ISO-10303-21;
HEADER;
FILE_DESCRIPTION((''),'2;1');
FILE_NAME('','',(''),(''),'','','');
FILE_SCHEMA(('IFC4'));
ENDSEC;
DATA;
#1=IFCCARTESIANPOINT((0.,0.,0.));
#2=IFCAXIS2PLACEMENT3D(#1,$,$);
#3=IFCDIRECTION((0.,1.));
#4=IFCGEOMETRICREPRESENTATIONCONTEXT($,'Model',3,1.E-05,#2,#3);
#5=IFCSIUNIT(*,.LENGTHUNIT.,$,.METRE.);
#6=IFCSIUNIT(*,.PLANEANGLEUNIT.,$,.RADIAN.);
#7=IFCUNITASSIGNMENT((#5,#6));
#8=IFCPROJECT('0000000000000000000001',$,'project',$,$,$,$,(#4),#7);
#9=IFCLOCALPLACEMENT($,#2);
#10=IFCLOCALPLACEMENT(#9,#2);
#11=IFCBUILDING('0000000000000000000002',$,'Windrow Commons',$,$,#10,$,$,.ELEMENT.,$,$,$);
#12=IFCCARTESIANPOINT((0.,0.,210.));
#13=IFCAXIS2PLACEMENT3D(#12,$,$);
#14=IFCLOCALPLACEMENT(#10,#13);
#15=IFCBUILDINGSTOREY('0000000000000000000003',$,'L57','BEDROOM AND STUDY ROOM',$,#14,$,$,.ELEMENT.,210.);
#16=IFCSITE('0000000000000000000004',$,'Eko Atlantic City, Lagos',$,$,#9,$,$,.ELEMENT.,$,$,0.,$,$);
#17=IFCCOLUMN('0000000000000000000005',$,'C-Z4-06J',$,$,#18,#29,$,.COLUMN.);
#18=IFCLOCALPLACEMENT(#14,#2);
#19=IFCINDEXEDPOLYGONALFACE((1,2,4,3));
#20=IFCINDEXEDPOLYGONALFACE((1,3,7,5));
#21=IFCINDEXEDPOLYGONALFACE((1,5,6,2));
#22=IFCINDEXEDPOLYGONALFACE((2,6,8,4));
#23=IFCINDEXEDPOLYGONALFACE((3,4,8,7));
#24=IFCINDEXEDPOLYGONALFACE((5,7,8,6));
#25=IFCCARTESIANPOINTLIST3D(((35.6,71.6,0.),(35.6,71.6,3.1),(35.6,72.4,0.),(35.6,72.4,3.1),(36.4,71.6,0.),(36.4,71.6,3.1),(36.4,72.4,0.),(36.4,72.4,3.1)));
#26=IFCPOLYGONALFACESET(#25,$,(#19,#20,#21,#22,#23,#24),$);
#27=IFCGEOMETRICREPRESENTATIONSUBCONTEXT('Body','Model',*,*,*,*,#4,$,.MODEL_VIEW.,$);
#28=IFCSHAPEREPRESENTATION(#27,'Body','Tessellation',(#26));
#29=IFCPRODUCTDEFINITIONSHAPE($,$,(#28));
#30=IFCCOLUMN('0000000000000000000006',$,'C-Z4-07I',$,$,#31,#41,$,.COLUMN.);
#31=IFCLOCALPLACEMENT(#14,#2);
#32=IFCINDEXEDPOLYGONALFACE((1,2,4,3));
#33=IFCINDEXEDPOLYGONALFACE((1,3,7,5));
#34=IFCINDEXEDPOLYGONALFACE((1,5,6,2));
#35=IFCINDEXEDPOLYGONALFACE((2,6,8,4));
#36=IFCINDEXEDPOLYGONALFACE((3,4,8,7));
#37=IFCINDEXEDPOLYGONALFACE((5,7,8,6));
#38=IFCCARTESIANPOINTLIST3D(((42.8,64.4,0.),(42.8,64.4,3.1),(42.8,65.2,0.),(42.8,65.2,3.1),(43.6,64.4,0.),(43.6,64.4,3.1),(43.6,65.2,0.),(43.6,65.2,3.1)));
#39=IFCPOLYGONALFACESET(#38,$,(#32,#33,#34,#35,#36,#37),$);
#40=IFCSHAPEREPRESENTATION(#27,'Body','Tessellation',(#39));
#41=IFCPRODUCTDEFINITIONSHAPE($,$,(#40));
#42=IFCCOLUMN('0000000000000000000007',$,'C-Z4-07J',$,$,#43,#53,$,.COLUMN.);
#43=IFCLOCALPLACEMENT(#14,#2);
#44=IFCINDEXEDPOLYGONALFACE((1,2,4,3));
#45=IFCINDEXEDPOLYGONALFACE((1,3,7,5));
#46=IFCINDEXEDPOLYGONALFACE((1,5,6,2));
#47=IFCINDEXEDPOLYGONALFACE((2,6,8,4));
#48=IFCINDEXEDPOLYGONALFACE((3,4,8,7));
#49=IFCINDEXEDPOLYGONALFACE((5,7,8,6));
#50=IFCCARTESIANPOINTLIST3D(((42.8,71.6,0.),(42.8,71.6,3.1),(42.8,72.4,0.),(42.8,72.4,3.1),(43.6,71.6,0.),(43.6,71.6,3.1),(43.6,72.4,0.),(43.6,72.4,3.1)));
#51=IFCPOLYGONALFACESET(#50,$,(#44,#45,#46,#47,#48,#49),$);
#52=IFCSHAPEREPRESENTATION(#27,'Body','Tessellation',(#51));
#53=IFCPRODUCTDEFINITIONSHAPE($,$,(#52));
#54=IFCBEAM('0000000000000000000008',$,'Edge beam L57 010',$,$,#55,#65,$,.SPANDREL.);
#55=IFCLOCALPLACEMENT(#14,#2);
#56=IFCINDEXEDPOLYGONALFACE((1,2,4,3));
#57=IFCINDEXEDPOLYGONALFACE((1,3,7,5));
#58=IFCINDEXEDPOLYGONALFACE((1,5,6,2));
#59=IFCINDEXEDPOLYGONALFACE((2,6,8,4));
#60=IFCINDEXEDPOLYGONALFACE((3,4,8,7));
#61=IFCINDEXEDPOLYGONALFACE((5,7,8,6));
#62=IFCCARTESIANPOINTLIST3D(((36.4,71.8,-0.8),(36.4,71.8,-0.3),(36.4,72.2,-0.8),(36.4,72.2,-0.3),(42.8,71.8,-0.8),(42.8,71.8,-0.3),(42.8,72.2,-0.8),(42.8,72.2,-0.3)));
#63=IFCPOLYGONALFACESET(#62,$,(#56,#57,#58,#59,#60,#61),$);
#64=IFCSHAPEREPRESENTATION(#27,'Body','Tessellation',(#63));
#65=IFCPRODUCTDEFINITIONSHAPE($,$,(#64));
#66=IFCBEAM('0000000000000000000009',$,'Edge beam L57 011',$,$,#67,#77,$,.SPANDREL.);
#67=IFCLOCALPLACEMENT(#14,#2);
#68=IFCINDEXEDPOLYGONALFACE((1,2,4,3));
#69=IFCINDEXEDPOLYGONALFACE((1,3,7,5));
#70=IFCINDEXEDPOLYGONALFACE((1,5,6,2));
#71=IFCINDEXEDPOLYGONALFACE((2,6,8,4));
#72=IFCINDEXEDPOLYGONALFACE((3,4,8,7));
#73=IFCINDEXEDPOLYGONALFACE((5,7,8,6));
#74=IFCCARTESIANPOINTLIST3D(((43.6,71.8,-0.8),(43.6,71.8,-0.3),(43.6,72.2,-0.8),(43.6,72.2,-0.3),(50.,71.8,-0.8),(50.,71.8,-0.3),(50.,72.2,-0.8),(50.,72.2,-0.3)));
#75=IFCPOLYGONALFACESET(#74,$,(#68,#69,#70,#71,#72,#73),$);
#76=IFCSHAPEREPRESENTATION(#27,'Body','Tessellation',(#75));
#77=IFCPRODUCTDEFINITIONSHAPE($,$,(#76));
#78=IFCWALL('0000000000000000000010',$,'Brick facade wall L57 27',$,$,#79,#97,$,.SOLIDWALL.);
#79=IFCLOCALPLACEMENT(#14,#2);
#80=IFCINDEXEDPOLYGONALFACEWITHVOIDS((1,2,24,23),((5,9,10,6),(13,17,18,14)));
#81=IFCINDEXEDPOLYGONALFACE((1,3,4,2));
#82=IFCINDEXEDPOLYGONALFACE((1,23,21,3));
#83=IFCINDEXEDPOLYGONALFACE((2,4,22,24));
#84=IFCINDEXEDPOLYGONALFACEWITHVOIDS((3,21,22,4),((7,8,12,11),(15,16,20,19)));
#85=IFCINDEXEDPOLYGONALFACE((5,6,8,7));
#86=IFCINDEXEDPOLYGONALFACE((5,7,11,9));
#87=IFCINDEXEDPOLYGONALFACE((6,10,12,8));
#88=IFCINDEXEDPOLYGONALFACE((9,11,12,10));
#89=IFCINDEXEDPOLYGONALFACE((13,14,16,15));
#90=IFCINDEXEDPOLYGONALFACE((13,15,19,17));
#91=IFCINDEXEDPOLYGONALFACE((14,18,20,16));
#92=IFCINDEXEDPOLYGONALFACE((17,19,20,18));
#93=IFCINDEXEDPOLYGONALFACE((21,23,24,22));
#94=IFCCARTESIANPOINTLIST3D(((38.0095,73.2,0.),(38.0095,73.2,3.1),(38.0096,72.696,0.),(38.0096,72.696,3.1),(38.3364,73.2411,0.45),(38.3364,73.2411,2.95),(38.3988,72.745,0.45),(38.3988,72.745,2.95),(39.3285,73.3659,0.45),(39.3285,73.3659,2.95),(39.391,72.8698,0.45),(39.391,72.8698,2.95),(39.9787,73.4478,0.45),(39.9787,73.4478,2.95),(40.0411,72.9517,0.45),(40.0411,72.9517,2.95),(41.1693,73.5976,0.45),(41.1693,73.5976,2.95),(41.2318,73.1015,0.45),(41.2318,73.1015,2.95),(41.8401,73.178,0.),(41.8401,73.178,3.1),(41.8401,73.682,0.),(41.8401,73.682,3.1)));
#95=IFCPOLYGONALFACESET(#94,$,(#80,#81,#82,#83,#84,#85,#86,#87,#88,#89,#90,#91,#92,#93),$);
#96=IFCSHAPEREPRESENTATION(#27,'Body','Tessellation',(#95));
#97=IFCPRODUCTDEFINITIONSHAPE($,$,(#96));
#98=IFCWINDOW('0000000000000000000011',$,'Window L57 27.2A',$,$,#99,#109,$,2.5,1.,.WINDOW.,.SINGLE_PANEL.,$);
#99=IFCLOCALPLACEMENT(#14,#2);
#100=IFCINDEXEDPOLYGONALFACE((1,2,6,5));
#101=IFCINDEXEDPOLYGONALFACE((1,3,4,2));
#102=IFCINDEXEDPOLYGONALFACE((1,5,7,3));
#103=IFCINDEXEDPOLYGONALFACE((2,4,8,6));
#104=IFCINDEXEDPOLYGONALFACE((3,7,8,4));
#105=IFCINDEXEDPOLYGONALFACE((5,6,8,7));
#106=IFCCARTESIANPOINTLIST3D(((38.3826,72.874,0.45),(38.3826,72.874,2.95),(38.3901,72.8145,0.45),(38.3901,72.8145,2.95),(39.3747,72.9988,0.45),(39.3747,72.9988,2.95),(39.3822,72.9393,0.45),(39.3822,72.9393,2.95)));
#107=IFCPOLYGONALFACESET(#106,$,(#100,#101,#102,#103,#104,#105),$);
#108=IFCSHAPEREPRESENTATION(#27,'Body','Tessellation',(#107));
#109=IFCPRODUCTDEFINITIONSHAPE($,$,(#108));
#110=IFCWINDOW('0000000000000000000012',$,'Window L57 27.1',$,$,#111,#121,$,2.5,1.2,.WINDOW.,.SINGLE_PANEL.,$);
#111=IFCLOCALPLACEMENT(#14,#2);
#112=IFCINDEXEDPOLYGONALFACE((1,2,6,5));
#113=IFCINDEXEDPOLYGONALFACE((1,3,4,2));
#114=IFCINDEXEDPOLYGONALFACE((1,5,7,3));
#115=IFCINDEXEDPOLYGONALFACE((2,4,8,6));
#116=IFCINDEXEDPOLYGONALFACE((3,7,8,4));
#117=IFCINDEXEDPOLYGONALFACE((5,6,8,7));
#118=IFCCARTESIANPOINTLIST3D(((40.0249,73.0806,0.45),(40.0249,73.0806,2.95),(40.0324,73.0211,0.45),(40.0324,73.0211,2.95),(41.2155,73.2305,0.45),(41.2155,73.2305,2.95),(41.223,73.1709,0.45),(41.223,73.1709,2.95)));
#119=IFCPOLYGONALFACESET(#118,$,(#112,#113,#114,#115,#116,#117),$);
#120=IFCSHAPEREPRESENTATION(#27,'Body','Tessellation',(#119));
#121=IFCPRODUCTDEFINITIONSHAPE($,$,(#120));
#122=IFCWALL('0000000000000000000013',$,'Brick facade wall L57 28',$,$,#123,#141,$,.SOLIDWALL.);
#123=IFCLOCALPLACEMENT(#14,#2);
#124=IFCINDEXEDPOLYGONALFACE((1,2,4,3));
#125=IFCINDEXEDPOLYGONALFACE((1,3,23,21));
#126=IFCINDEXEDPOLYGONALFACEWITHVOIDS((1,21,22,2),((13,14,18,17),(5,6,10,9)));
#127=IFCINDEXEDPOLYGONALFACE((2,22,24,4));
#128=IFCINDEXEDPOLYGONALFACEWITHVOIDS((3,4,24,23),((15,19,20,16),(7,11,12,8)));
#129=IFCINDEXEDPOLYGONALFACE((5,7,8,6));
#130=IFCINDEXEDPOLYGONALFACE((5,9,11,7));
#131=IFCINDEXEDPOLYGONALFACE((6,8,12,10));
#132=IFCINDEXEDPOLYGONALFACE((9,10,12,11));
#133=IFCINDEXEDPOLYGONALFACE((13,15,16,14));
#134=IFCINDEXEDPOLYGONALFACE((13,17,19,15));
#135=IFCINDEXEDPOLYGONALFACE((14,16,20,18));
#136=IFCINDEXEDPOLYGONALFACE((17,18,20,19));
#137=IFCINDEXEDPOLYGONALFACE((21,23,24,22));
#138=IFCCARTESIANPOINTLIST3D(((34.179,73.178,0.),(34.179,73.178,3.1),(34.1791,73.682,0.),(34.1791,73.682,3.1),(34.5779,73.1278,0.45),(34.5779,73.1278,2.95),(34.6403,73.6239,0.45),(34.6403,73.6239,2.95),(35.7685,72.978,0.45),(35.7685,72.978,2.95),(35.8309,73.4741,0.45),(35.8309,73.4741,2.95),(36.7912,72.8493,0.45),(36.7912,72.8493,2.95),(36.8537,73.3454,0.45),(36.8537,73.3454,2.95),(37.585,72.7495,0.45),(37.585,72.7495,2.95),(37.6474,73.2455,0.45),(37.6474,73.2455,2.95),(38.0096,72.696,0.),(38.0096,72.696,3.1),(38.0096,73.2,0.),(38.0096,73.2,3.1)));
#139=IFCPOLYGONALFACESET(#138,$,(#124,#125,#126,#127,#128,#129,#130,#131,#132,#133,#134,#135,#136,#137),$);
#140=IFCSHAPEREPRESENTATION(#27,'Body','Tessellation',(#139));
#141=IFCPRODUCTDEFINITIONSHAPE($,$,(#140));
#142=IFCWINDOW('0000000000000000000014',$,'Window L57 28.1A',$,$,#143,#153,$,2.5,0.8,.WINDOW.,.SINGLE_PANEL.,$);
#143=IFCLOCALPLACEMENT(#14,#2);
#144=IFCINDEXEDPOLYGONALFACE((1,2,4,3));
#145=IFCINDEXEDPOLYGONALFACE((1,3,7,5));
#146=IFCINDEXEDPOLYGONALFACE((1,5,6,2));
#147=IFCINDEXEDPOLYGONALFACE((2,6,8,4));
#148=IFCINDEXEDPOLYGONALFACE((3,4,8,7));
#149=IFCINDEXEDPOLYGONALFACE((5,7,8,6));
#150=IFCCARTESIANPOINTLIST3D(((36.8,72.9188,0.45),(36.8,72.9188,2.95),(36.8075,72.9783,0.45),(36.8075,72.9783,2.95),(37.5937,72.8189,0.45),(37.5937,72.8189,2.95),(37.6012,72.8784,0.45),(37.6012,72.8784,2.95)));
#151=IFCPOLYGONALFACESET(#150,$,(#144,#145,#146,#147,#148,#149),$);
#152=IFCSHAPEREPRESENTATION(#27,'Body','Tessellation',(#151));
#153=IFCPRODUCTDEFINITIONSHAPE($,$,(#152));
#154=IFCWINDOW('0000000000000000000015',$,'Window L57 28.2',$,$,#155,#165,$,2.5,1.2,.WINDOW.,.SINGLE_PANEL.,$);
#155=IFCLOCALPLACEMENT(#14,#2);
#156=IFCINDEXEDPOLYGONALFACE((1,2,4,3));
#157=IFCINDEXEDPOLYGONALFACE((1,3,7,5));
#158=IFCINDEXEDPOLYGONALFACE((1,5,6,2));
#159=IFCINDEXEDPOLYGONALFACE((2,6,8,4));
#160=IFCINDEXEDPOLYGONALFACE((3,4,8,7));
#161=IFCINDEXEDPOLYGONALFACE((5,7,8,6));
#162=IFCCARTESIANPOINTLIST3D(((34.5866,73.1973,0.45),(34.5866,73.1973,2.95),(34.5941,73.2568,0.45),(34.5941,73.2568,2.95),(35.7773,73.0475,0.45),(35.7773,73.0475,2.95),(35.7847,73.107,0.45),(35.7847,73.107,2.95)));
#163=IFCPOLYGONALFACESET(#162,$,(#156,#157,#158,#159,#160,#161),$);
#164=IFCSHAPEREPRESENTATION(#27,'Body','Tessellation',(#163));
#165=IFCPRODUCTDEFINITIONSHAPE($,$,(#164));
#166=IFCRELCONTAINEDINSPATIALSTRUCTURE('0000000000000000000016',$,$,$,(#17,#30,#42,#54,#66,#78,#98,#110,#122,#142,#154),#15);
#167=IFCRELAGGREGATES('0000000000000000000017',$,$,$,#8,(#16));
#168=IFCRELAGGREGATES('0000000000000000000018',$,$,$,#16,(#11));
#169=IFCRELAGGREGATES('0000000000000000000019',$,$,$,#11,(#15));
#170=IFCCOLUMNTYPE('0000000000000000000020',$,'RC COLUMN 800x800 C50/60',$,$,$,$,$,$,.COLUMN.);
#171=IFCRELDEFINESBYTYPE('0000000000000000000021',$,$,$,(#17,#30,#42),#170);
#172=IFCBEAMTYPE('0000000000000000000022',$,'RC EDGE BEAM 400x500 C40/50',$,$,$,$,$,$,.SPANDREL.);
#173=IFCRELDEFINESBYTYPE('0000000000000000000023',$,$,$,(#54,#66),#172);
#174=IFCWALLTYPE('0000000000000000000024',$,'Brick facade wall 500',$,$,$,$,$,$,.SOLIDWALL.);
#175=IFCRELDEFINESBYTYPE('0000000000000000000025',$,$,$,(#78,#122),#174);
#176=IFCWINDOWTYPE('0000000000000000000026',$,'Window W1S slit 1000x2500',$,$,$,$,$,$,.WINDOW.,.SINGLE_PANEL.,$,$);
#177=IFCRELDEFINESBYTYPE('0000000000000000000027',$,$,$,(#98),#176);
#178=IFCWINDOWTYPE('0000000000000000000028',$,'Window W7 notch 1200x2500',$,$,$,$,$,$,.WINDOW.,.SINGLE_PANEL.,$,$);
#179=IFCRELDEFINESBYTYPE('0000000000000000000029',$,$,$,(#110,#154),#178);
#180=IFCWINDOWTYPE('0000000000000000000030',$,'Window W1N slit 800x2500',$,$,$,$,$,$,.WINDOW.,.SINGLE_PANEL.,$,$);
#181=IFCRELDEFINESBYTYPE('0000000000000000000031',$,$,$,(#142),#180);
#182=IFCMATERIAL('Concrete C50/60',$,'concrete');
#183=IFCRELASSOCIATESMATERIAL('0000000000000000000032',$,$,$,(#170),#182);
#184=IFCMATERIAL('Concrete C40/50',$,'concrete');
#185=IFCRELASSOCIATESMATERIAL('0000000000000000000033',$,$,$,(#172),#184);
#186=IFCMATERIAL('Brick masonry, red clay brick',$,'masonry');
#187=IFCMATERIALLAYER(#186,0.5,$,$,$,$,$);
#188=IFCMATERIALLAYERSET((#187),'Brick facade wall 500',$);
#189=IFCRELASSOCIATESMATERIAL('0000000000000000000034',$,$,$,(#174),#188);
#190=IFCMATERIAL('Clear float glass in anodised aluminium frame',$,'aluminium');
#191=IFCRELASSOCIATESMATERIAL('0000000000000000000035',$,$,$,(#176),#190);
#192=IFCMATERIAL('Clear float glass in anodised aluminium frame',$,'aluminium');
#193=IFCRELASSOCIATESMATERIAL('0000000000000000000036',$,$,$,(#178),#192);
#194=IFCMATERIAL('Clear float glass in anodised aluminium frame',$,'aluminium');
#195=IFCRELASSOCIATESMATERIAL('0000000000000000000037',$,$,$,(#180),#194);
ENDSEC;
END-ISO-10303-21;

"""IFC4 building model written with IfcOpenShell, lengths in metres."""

from ifc_helpers import new_model, si_unit, direction, frame, frame_2d, origin, origin_2d, place, context, subcontext, project, spatial, polyline, rectangle, outline, extrude, material, layer, layer_set, material_profile, profile_set, type_object, element, fill, save


model = new_model("IFC4")

# Units and contexts
model_context = context("Model", 3, precision=1e-05, world=origin(), true_north=direction((0.0, 1.0)))
body_context = subcontext(model_context, "Body", "Model", "MODEL_VIEW")
ifc_project = project(units=[si_unit("LENGTHUNIT", "METRE"), si_unit("PLANEANGLEUNIT", "RADIAN")], contexts=[model_context])

# Site, building, storey
site_placement = place(None, origin())
site = spatial("IfcSite", under=ifc_project, at=site_placement, Name="Eko Atlantic City, Lagos", CompositionType="ELEMENT", RefElevation=0.0)
building_placement = place(site_placement, origin())
building = spatial("IfcBuilding", under=site, at=building_placement, Name="Windrow Commons", CompositionType="ELEMENT")
storey_placement = place(building_placement, frame((0.0, 0.0, 210.0)))
storey = spatial("IfcBuildingStorey", under=building, at=storey_placement, Name="L57", Description="BEDROOM AND STUDY ROOM", CompositionType="ELEMENT", Elevation=210.0)

# Columns
ifc_material_1 = material(Name="Concrete C50/60", Category="concrete")
ifc_material_profile_1 = material_profile(ifc_material_1, rectangle(XDim=0.8, YDim=0.8, at=origin_2d()))
ifc_profile_set_1 = profile_set([ifc_material_profile_1], Name="Concrete C50/60")
column_type = type_object("IfcColumnType", Name="RC COLUMN 800x800 C50/60", PredefinedType="COLUMN", material=ifc_profile_set_1)
for number, where, z_axis, x_axis, name in (
    (1, (36.0, 72.0, 0.0), (0.0, 0.0, 1.0), (1.0, 0.0, 0.0), "C-Z4-06J"),
    (2, (43.2, 64.8, 0.0), (0.0, 0.0, 1.0), (1.0, 0.0, 0.0), "C-Z4-07I"),
    (3, (43.2, 72.0, 0.0), (0.0, 0.0, 1.0), (1.0, 0.0, 0.0), "C-Z4-07J"),
):
    element("IfcColumn", number, at=place(storey_placement, frame(where, z_axis=z_axis, x_axis=x_axis)), inside=storey, type_object=column_type, Name=name, PredefinedType="COLUMN", context=body_context, shape_type="SweptSolid", body=[
        extrude(rectangle(XDim=0.8, YDim=0.8, at=origin_2d()), origin(), (0.0, 0.0, 1.0), 3.1),
    ])

# Beams
ifc_material_2 = material(Name="Concrete C40/50", Category="concrete")
ifc_material_profile_2 = material_profile(ifc_material_2, rectangle(XDim=0.4, YDim=0.5, at=origin_2d()))
ifc_profile_set_2 = profile_set([ifc_material_profile_2], Name="Concrete C40/50")
beam_type = type_object("IfcBeamType", Name="RC EDGE BEAM 400x500 C40/50", PredefinedType="SPANDREL", material=ifc_profile_set_2)
for number, where, z_axis, x_axis, name in (
    (4, (36.4, 72.0, -0.55), (1.0, 0.0, 0.0), (0.0, 1.0, 0.0), "Edge beam L57 010"),
    (5, (43.6, 72.0, -0.55), (1.0, 0.0, 0.0), (0.0, 1.0, 0.0), "Edge beam L57 011"),
):
    element("IfcBeam", number, at=place(storey_placement, frame(where, z_axis=z_axis, x_axis=x_axis)), inside=storey, type_object=beam_type, Name=name, PredefinedType="SPANDREL", context=body_context, shape_type="SweptSolid", body=[
        extrude(rectangle(XDim=0.4, YDim=0.5, at=origin_2d()), origin(), (0.0, 0.0, 1.0), 6.4),
    ])

# Walls, openings, windows
ifc_material_3 = material(Name="Brick masonry, red clay brick", Category="masonry")
ifc_layer_1 = layer(ifc_material_3, 0.5)
ifc_layer_set_1 = layer_set([ifc_layer_1], Name="Brick facade wall 500")
wall_type_1 = type_object("IfcWallType", Name="Brick facade wall 500", PredefinedType="SOLIDWALL", material=ifc_layer_set_1)
wall_1_placement = place(storey_placement, frame((41.8401, 73.43, 0.0), z_axis=(0.0, 0.0, 1.0), x_axis=(-0.992176, -0.124848, 0.0)))
wall_1 = element("IfcWall", 6, at=wall_1_placement, inside=storey, type_object=wall_type_1, Name="Brick facade wall L57 27", PredefinedType="SOLIDWALL", context=body_context, shape_type="SweptSolid", body=[
    extrude(outline(polyline([(-0.0315, -0.25), (3.8293, -0.25), (3.8922, 0.25), (0.0315, 0.25), (-0.0315, -0.25)])), origin(), (0.0, 0.0, 1.0), 3.1),
])
opening_1_placement = place(wall_1_placement, frame((0.6446, 0.0, 0.45)))
opening_1 = element("IfcOpeningElement", 7, at=opening_1_placement, cuts=wall_1, PredefinedType="OPENING", context=body_context, shape_type="SweptSolid", body=[
    extrude(rectangle(XDim=1.2, YDim=2.5, at=frame_2d((0.6, 1.25))), frame((0.0, 0.26, 0.0), z_axis=(0.0, -1.0, 0.0), x_axis=(1.0, 0.0, 0.0)), (0.0, 0.0, 1.0), 0.52),
])
opening_2_placement = place(wall_1_placement, frame((2.4999, 0.0, 0.45)))
opening_2 = element("IfcOpeningElement", 8, at=opening_2_placement, cuts=wall_1, PredefinedType="OPENING", context=body_context, shape_type="SweptSolid", body=[
    extrude(rectangle(XDim=1.0, YDim=2.5, at=frame_2d((0.5, 1.25))), frame((0.0, 0.26, 0.0), z_axis=(0.0, -1.0, 0.0), x_axis=(1.0, 0.0, 0.0)), (0.0, 0.0, 1.0), 0.52),
])
ifc_material_4 = material(Name="Clear float glass in anodised aluminium frame", Category="aluminium")
window_type_1 = type_object("IfcWindowType", Name="Window W1S slit 1000x2500", PartitioningType="SINGLE_PANEL", PredefinedType="WINDOW", material=ifc_material_4)
window_1_placement = place(opening_2_placement, origin())
window_1 = element("IfcWindow", 9, at=window_1_placement, inside=storey, type_object=window_type_1, Name="Window L57 27.2A", OverallHeight=2.5, OverallWidth=1.0, PartitioningType="SINGLE_PANEL", PredefinedType="WINDOW", context=body_context, shape_type="SweptSolid", body=[
    extrude(rectangle(XDim=1.0, YDim=2.5, at=frame_2d((0.5, 1.25))), frame((0.0, 0.18, 0.0), z_axis=(0.0, -1.0, 0.0), x_axis=(1.0, 0.0, 0.0)), (0.0, 0.0, 1.0), 0.06),
])
fill(opening_2, window_1)
ifc_material_5 = material(Name="Clear float glass in anodised aluminium frame", Category="aluminium")
window_type_2 = type_object("IfcWindowType", Name="Window W7 notch 1200x2500", PartitioningType="SINGLE_PANEL", PredefinedType="WINDOW", material=ifc_material_5)
window_2_placement = place(opening_1_placement, origin())
window_2 = element("IfcWindow", 10, at=window_2_placement, inside=storey, type_object=window_type_2, Name="Window L57 27.1", OverallHeight=2.5, OverallWidth=1.2, PartitioningType="SINGLE_PANEL", PredefinedType="WINDOW", context=body_context, shape_type="SweptSolid", body=[
    extrude(rectangle(XDim=1.2, YDim=2.5, at=frame_2d((0.6, 1.25))), frame((0.0, 0.18, 0.0), z_axis=(0.0, -1.0, 0.0), x_axis=(1.0, 0.0, 0.0)), (0.0, 0.0, 1.0), 0.06),
])
fill(opening_1, window_2)
wall_2_placement = place(storey_placement, frame((38.0096, 72.948, 0.0), z_axis=(0.0, 0.0, 1.0), x_axis=(-0.992176, 0.124844, 0.0)))
wall_2 = element("IfcWall", 11, at=wall_2_placement, inside=storey, type_object=wall_type_1, Name="Brick facade wall L57 28", PredefinedType="SOLIDWALL", context=body_context, shape_type="SweptSolid", body=[
    extrude(outline(polyline([(0.0315, -0.25), (3.8922, -0.25), (3.8293, 0.25), (-0.0315, 0.25), (0.0315, -0.25)])), origin(), (0.0, 0.0, 1.0), 3.1),
])
opening_3_placement = place(wall_2_placement, frame((2.2273, 0.0, 0.45)))
opening_3 = element("IfcOpeningElement", 12, at=opening_3_placement, cuts=wall_2, PredefinedType="OPENING", context=body_context, shape_type="SweptSolid", body=[
    extrude(rectangle(XDim=1.2, YDim=2.5, at=frame_2d((0.6, 1.25))), frame((0.0, 0.26, 0.0), z_axis=(0.0, -1.0, 0.0), x_axis=(1.0, 0.0, 0.0)), (0.0, 0.0, 1.0), 0.52),
])
opening_4_placement = place(wall_2_placement, frame((0.3965, 0.0, 0.45)))
opening_4 = element("IfcOpeningElement", 13, at=opening_4_placement, cuts=wall_2, PredefinedType="OPENING", context=body_context, shape_type="SweptSolid", body=[
    extrude(rectangle(XDim=0.8, YDim=2.5, at=frame_2d((0.4, 1.25))), frame((0.0, 0.26, 0.0), z_axis=(0.0, -1.0, 0.0), x_axis=(1.0, 0.0, 0.0)), (0.0, 0.0, 1.0), 0.52),
])
ifc_material_6 = material(Name="Clear float glass in anodised aluminium frame", Category="aluminium")
window_type_3 = type_object("IfcWindowType", Name="Window W1N slit 800x2500", PartitioningType="SINGLE_PANEL", PredefinedType="WINDOW", material=ifc_material_6)
window_3_placement = place(opening_4_placement, origin())
window_3 = element("IfcWindow", 14, at=window_3_placement, inside=storey, type_object=window_type_3, Name="Window L57 28.1A", OverallHeight=2.5, OverallWidth=0.8, PartitioningType="SINGLE_PANEL", PredefinedType="WINDOW", context=body_context, shape_type="SweptSolid", body=[
    extrude(rectangle(XDim=0.8, YDim=2.5, at=frame_2d((0.4, 1.25))), frame((0.0, 0.18, 0.0), z_axis=(0.0, -1.0, 0.0), x_axis=(1.0, 0.0, 0.0)), (0.0, 0.0, 1.0), 0.06),
])
fill(opening_4, window_3)
window_4_placement = place(opening_3_placement, origin())
window_4 = element("IfcWindow", 15, at=window_4_placement, inside=storey, type_object=window_type_2, Name="Window L57 28.2", OverallHeight=2.5, OverallWidth=1.2, PartitioningType="SINGLE_PANEL", PredefinedType="WINDOW", context=body_context, shape_type="SweptSolid", body=[
    extrude(rectangle(XDim=1.2, YDim=2.5, at=frame_2d((0.6, 1.25))), frame((0.0, 0.18, 0.0), z_axis=(0.0, -1.0, 0.0), x_axis=(1.0, 0.0, 0.0)), (0.0, 0.0, 1.0), 0.06),
])
fill(opening_3, window_4)

save(model, "model.ifc")
